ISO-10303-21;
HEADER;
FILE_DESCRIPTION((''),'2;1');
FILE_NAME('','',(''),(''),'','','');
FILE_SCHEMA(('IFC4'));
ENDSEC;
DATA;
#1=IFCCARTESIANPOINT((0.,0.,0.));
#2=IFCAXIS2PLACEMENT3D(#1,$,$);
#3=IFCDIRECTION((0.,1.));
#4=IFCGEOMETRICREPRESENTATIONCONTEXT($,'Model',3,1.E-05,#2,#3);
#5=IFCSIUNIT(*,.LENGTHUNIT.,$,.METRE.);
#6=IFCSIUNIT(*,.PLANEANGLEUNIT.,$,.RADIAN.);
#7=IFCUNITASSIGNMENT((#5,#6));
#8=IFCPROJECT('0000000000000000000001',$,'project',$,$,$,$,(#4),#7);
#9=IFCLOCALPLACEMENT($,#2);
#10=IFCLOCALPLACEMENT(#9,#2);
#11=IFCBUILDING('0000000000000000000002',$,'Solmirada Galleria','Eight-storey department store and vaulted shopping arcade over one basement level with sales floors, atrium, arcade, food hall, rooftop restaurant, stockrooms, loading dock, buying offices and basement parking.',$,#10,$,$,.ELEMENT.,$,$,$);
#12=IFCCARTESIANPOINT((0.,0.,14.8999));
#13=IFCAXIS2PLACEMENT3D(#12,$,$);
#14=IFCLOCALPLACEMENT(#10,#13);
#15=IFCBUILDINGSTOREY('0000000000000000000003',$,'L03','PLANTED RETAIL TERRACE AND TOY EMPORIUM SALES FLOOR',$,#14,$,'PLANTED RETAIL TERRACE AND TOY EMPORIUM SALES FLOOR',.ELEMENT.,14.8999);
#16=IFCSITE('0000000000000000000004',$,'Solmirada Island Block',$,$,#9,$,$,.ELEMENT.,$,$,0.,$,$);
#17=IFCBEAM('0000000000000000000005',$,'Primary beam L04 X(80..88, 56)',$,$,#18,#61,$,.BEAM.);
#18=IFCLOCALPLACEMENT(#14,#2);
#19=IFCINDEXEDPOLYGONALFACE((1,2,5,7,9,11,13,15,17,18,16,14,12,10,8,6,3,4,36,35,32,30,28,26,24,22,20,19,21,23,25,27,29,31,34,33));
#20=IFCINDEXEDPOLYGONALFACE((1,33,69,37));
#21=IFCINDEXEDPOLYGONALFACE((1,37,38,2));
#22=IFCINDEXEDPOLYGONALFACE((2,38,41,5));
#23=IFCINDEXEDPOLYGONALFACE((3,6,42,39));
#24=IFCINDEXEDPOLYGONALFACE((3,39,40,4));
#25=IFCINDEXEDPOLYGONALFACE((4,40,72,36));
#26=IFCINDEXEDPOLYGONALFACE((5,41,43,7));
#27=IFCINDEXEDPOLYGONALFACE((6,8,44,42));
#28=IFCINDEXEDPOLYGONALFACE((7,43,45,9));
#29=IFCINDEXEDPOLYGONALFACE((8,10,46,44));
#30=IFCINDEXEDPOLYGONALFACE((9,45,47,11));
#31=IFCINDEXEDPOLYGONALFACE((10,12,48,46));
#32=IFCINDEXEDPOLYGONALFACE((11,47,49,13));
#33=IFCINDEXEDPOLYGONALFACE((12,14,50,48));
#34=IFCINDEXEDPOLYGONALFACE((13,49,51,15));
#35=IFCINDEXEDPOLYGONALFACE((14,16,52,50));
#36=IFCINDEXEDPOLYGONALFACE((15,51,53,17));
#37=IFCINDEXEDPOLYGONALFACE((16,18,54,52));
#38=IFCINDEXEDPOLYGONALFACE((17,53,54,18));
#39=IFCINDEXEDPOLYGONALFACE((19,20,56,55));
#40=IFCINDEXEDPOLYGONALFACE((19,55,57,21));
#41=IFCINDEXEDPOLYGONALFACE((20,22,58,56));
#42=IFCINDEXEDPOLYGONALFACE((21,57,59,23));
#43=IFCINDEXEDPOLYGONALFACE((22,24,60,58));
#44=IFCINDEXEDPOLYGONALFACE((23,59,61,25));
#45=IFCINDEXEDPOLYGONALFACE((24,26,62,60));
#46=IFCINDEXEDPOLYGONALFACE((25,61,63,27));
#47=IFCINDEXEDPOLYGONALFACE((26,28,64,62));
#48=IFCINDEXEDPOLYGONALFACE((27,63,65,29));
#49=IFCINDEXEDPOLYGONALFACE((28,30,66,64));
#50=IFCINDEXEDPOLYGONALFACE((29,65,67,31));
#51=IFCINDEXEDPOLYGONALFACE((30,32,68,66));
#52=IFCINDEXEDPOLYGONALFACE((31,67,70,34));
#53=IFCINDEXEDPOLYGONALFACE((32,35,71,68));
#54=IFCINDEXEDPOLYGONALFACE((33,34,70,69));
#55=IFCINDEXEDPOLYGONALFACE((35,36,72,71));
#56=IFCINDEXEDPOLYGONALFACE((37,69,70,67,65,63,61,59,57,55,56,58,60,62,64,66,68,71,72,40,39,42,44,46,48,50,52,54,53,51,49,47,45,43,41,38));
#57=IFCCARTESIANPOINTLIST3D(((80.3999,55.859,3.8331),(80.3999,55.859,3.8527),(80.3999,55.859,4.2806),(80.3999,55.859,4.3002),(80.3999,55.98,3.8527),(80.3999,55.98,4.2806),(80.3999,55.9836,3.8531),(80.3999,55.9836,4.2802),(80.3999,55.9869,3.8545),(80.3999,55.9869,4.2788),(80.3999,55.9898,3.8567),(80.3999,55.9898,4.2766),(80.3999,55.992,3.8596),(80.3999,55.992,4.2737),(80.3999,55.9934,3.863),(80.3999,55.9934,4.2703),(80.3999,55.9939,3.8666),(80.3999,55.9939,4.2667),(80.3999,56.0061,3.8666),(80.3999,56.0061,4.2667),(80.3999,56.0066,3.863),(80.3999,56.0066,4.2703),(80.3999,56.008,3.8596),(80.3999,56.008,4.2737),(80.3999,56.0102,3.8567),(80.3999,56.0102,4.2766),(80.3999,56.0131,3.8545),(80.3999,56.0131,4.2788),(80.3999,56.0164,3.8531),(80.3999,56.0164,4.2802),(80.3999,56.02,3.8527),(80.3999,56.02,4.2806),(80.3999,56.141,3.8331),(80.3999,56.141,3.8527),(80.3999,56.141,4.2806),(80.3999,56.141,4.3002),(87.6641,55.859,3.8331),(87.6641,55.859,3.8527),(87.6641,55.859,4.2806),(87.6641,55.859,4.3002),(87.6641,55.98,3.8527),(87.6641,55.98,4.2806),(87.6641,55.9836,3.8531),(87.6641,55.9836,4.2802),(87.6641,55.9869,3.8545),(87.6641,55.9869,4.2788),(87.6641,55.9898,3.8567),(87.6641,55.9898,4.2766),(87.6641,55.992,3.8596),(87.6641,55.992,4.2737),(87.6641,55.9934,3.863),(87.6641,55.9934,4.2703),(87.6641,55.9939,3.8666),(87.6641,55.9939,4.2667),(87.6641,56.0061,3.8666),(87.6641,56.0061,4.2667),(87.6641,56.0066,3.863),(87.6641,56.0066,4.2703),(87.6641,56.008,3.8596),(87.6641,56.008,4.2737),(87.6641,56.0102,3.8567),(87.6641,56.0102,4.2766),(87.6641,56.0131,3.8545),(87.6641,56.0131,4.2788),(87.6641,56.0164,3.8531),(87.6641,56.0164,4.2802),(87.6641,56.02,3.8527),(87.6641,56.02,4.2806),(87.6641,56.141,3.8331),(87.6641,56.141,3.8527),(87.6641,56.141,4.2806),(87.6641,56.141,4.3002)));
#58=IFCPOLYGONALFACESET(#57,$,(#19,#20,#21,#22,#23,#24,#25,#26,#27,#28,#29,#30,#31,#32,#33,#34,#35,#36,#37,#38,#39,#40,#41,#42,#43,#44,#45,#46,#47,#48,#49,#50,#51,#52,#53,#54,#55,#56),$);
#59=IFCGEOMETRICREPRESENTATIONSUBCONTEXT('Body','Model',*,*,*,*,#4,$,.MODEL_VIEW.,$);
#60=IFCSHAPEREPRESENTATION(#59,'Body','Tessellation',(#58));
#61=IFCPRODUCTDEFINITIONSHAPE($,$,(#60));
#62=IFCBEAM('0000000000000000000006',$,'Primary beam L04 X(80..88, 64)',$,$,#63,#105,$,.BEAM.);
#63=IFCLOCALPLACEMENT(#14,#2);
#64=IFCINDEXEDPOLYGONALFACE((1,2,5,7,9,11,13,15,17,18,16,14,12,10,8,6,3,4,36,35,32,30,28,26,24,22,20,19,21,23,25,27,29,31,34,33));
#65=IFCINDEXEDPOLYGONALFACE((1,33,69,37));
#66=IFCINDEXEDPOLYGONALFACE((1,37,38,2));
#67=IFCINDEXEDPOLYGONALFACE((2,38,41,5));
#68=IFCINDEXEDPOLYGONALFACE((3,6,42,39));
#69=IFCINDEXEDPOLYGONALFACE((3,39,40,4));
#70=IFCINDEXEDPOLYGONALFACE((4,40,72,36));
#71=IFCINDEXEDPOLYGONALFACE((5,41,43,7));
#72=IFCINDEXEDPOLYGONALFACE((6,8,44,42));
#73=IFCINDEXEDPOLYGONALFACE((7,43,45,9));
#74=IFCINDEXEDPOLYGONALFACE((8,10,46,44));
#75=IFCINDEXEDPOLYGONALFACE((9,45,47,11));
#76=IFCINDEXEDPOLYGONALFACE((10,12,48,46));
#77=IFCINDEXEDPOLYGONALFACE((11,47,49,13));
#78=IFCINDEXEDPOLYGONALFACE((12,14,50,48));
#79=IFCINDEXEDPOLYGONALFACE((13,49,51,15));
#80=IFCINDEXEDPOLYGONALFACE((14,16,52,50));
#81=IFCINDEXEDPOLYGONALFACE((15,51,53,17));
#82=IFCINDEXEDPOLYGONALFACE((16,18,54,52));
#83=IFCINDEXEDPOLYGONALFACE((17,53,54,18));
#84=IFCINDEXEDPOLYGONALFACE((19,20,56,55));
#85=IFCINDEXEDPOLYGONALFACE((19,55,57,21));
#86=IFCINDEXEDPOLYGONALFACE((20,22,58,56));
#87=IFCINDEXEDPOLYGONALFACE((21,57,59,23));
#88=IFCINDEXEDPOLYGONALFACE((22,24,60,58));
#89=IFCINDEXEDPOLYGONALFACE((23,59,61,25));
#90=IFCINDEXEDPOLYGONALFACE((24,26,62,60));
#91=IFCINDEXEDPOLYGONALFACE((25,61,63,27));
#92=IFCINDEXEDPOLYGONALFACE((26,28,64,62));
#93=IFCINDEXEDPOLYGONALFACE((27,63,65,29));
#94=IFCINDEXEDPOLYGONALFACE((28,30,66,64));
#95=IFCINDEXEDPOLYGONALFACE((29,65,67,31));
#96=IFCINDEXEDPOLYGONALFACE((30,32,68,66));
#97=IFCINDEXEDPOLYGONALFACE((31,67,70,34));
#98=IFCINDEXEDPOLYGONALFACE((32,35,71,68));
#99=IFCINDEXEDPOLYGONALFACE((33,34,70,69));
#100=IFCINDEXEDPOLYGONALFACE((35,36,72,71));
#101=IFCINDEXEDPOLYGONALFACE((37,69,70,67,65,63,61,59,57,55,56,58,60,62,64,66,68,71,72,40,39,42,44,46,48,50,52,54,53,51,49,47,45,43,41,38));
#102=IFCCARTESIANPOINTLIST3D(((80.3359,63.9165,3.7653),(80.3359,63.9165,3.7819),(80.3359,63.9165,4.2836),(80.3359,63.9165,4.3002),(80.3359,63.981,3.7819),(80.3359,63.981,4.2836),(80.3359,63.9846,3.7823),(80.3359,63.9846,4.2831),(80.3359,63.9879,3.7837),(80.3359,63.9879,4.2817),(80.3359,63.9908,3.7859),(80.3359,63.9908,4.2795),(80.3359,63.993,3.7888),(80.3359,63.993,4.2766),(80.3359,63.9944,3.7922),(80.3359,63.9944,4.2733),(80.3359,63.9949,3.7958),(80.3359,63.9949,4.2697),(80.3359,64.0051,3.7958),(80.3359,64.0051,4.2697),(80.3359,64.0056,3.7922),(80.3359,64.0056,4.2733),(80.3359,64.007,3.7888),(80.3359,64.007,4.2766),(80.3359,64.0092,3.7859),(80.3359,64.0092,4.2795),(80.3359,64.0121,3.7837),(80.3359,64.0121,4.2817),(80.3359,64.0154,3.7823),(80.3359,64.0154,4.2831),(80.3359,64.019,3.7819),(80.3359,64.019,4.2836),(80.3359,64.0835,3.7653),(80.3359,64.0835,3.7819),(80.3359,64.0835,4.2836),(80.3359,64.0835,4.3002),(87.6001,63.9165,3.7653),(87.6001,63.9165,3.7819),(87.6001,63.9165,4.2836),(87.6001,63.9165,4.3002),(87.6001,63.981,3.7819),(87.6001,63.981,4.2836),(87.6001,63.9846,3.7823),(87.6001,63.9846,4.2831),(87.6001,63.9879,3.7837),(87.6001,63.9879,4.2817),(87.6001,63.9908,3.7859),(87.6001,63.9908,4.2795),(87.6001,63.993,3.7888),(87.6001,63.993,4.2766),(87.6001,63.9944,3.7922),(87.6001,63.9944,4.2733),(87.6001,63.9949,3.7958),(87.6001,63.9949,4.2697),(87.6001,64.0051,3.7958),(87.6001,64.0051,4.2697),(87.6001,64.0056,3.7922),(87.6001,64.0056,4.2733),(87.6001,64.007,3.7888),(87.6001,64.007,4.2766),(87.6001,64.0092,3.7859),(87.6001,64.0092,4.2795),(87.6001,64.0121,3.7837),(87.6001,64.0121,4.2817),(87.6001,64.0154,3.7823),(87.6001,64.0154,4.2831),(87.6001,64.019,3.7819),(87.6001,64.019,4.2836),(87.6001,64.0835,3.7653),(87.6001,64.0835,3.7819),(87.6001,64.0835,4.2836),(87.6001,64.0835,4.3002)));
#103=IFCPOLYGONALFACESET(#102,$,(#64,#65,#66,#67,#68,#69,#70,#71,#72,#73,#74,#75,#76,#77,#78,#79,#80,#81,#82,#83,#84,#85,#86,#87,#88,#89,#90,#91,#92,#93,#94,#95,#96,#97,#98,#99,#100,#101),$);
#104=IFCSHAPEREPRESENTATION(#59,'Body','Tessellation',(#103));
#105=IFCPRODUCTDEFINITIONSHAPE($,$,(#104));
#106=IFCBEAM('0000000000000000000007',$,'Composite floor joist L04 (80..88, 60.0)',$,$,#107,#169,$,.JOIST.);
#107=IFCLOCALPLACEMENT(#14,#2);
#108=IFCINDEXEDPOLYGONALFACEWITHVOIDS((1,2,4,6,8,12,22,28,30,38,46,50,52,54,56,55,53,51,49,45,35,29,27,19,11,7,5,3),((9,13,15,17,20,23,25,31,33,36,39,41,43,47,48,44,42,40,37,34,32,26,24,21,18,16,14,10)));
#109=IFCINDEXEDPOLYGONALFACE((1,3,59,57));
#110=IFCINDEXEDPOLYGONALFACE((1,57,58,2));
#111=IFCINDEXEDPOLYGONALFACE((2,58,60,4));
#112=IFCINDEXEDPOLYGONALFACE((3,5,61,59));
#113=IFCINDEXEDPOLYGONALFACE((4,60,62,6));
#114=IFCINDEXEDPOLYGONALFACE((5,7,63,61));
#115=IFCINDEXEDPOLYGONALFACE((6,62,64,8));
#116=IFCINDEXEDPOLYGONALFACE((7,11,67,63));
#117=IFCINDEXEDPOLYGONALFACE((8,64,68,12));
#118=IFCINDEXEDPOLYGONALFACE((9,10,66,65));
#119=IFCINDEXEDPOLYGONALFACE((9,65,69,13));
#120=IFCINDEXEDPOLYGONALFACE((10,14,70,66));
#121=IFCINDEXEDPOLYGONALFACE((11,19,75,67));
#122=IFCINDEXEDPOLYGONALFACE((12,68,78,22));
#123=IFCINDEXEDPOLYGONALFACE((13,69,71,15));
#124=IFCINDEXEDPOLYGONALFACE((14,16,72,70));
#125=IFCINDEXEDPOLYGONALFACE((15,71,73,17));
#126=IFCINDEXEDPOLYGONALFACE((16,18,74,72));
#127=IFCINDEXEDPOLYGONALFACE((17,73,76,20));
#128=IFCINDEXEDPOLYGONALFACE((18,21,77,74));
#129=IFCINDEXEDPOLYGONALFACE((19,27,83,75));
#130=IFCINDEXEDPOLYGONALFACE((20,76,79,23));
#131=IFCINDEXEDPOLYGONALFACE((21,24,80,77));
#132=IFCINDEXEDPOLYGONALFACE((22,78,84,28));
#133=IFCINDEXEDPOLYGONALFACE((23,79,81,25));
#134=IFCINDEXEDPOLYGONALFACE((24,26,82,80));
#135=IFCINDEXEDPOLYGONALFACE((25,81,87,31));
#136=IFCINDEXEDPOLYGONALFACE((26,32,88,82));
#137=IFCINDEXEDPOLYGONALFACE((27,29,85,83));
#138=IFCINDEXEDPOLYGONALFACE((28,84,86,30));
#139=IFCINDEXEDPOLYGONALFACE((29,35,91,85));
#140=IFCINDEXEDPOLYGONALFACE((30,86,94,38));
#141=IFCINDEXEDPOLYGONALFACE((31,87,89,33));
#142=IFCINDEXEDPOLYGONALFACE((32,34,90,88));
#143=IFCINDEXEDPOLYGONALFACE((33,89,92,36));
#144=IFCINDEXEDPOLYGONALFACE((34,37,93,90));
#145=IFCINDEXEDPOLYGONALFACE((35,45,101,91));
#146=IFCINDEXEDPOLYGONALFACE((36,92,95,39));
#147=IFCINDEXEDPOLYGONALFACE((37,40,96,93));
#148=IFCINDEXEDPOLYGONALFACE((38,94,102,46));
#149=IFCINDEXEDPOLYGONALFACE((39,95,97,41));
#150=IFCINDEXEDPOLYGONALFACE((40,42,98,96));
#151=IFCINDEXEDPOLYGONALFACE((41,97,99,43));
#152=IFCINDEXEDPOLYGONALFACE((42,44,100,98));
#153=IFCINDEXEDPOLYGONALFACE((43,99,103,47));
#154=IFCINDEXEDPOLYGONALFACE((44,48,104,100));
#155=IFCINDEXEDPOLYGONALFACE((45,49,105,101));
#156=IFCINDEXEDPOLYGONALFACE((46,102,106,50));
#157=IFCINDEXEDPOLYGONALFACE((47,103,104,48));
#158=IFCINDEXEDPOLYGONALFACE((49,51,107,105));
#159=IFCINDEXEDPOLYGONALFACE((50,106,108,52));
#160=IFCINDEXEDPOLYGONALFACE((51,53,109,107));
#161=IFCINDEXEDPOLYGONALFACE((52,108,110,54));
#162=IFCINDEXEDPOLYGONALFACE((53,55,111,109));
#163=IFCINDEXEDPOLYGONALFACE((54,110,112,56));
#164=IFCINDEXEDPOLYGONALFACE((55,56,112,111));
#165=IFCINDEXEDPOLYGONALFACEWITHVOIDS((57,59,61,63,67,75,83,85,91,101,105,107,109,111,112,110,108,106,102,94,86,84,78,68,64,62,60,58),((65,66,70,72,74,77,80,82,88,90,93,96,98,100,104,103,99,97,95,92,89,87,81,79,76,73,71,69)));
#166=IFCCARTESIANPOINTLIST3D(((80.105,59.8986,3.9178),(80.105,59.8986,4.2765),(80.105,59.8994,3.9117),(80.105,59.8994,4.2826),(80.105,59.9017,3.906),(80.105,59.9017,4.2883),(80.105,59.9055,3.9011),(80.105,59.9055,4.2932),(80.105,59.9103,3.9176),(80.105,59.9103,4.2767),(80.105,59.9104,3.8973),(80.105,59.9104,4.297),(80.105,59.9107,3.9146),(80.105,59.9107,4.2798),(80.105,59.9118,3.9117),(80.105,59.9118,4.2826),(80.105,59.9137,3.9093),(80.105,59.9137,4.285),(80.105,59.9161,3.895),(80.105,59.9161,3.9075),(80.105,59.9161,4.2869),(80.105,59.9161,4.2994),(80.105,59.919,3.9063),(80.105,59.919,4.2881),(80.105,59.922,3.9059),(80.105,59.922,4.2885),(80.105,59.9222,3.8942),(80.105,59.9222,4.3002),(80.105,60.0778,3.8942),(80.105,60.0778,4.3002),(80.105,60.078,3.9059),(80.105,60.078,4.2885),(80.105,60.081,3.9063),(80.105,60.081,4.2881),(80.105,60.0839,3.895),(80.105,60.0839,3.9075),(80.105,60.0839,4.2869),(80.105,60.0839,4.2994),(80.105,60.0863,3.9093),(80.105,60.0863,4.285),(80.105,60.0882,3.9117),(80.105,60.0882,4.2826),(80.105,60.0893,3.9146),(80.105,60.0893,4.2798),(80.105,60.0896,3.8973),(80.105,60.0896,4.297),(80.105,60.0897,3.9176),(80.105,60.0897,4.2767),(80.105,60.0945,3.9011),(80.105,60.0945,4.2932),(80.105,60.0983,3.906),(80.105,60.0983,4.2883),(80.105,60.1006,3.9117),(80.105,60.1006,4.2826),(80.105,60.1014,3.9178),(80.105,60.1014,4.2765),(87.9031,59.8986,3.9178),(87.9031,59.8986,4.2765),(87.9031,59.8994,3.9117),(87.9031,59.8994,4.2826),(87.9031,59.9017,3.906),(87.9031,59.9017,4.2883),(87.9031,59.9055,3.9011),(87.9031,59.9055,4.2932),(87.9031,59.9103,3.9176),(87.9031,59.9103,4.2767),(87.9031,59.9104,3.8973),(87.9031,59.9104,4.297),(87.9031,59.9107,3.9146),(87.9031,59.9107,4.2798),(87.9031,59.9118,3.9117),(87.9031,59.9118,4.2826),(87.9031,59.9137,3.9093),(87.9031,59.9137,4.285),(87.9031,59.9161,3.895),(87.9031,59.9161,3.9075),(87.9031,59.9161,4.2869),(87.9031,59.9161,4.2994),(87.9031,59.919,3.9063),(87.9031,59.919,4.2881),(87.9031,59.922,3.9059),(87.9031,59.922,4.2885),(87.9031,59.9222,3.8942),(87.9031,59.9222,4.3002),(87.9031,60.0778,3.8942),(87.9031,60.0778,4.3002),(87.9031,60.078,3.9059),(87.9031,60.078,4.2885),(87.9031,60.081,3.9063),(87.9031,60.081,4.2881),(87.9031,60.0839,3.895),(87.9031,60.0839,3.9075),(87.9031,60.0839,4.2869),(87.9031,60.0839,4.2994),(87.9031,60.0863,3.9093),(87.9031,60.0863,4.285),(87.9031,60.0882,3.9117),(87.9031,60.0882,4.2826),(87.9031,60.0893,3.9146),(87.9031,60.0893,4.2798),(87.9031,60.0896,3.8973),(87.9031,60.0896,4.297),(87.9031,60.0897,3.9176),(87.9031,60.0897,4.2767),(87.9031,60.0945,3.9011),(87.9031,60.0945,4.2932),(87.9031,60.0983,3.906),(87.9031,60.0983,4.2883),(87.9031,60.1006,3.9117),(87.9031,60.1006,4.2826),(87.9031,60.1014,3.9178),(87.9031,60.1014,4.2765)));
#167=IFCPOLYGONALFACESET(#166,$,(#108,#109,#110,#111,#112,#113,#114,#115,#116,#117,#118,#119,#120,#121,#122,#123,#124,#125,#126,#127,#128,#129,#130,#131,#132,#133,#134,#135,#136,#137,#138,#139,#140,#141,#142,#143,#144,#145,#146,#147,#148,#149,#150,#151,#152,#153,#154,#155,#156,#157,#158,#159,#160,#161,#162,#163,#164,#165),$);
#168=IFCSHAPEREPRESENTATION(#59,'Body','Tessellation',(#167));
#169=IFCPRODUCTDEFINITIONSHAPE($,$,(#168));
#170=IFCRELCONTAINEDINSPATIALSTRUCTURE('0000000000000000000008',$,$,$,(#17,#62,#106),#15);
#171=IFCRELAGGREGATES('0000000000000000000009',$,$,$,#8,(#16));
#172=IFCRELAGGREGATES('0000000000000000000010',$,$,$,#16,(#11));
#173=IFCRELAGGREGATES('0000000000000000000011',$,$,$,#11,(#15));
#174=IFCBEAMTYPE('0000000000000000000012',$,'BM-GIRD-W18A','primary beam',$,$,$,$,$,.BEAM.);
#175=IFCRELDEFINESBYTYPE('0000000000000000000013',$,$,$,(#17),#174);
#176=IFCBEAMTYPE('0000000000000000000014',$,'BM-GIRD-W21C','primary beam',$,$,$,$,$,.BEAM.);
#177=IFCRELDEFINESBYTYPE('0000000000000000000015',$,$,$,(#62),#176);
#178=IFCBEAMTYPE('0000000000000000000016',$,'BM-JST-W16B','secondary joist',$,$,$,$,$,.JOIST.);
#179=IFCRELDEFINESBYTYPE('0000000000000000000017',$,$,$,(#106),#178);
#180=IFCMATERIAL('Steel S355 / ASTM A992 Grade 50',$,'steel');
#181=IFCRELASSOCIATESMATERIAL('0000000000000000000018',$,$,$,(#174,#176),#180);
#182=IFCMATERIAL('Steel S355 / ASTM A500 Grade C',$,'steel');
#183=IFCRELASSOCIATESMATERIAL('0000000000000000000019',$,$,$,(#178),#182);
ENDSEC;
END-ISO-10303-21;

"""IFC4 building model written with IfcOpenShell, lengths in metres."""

from ifc_helpers import new_model, si_unit, direction, frame, origin, origin_2d, place, context, subcontext, project, spatial, hollow_rectangle, i_section, extrude, material, material_profile, profile_set, type_object, element, save


model = new_model("IFC4")

# Units and contexts
model_context = context("Model", 3, precision=1e-05, world=origin(), true_north=direction((0.0, 1.0)))
body_context = subcontext(model_context, "Body", "Model", "MODEL_VIEW")
ifc_project = project(units=[si_unit("LENGTHUNIT", "METRE"), si_unit("PLANEANGLEUNIT", "RADIAN")], contexts=[model_context])

# Site, building, storey
site_placement = place(None, origin())
site = spatial("IfcSite", under=ifc_project, at=site_placement, Name="Solmirada Island Block", CompositionType="ELEMENT", RefElevation=0.0)
building_placement = place(site_placement, origin())
building = spatial("IfcBuilding", under=site, at=building_placement, Name="Solmirada Galleria", Description="Eight-storey department store and vaulted shopping arcade over one basement level with sales floors, atrium, arcade, food hall, rooftop restaurant, stockrooms, loading dock, buying offices and basement parking.", CompositionType="ELEMENT")
storey_placement = place(building_placement, frame((0.0, 0.0, 14.8999)))
storey = spatial("IfcBuildingStorey", under=building, at=storey_placement, Name="L03", Description="PLANTED RETAIL TERRACE AND TOY EMPORIUM SALES FLOOR", LongName="PLANTED RETAIL TERRACE AND TOY EMPORIUM SALES FLOOR", CompositionType="ELEMENT", Elevation=14.8999)

# Beams
ifc_material_1 = material(Name="Steel S355 / ASTM A992 Grade 50", Category="steel")
ifc_material_profile_1 = material_profile(ifc_material_1, i_section(OverallWidth=0.282, OverallDepth=0.467, WebThickness=0.0122, FlangeThickness=0.0195, FilletRadius=0.0139, at=origin_2d()), Name="W18X86")
ifc_profile_set_1 = profile_set([ifc_material_profile_1], Name="Steel S355 / ASTM A992 Grade 50")
beam_type_1 = type_object("IfcBeamType", Name="BM-GIRD-W18A", Description="primary beam", PredefinedType="BEAM", material=ifc_profile_set_1)
beam_1_placement = place(storey_placement, frame((80.3999, 56.0, 4.0667), z_axis=(1.0, 0.0, 0.0), x_axis=(0.0, 1.0, 0.0)))
element("IfcBeam", 1, at=beam_1_placement, inside=storey, type_object=beam_type_1, Name="Primary beam L04 X(80..88, 56)", PredefinedType="BEAM", context=body_context, shape_type="SweptSolid", body=[
    extrude(i_section(OverallWidth=0.282, OverallDepth=0.467, WebThickness=0.0122, FlangeThickness=0.0195, FilletRadius=0.0139, at=origin_2d()), origin(), (0.0, 0.0, 1.0), 7.2642),
])
ifc_material_profile_2 = material_profile(ifc_material_1, i_section(OverallWidth=0.167, OverallDepth=0.5349, WebThickness=0.0103, FlangeThickness=0.0166, FilletRadius=0.0139, at=origin_2d()), Name="W21X57")
ifc_profile_set_2 = profile_set([ifc_material_profile_2], Name="Steel S355 / ASTM A992 Grade 50")
beam_type_2 = type_object("IfcBeamType", Name="BM-GIRD-W21C", Description="primary beam", PredefinedType="BEAM", material=ifc_profile_set_2)
beam_2_placement = place(storey_placement, frame((80.3359, 64.0, 4.0327), z_axis=(1.0, 0.0, 0.0), x_axis=(0.0, 1.0, 0.0)))
element("IfcBeam", 2, at=beam_2_placement, inside=storey, type_object=beam_type_2, Name="Primary beam L04 X(80..88, 64)", PredefinedType="BEAM", context=body_context, shape_type="SweptSolid", body=[
    extrude(i_section(OverallWidth=0.167, OverallDepth=0.5349, WebThickness=0.0103, FlangeThickness=0.0166, FilletRadius=0.0139, at=origin_2d()), origin(), (0.0, 0.0, 1.0), 7.2642),
])
ifc_material_2 = material(Name="Steel S355 / ASTM A500 Grade C", Category="steel")
ifc_material_profile_3 = material_profile(ifc_material_2, hollow_rectangle(XDim=0.2029, YDim=0.406, WallThickness=0.0117, InnerFilletRadius=0.0117, OuterFilletRadius=0.0237, at=origin_2d()), Name="HSS16X8X1/2")
ifc_profile_set_3 = profile_set([ifc_material_profile_3], Name="Steel S355 / ASTM A500 Grade C")
beam_type_3 = type_object("IfcBeamType", Name="BM-JST-W16B", Description="secondary joist", PredefinedType="JOIST", material=ifc_profile_set_3)
for number, where, z_axis, x_axis, name in (
    (3, (80.105, 60.0, 4.0972), (1.0, 0.0, 0.0), (0.0, 1.0, 0.0), "Composite floor joist L04 (80..88, 60.0)"),
):
    element("IfcBeam", number, at=place(storey_placement, frame(where, z_axis=z_axis, x_axis=x_axis)), inside=storey, type_object=beam_type_3, Name=name, PredefinedType="JOIST", context=body_context, shape_type="SweptSolid", body=[
        extrude(hollow_rectangle(XDim=0.2029, YDim=0.406, WallThickness=0.0117, InnerFilletRadius=0.0117, OuterFilletRadius=0.0237, at=origin_2d()), origin(), (0.0, 0.0, 1.0), 7.7981),
    ])

save(model, "model.ifc")
